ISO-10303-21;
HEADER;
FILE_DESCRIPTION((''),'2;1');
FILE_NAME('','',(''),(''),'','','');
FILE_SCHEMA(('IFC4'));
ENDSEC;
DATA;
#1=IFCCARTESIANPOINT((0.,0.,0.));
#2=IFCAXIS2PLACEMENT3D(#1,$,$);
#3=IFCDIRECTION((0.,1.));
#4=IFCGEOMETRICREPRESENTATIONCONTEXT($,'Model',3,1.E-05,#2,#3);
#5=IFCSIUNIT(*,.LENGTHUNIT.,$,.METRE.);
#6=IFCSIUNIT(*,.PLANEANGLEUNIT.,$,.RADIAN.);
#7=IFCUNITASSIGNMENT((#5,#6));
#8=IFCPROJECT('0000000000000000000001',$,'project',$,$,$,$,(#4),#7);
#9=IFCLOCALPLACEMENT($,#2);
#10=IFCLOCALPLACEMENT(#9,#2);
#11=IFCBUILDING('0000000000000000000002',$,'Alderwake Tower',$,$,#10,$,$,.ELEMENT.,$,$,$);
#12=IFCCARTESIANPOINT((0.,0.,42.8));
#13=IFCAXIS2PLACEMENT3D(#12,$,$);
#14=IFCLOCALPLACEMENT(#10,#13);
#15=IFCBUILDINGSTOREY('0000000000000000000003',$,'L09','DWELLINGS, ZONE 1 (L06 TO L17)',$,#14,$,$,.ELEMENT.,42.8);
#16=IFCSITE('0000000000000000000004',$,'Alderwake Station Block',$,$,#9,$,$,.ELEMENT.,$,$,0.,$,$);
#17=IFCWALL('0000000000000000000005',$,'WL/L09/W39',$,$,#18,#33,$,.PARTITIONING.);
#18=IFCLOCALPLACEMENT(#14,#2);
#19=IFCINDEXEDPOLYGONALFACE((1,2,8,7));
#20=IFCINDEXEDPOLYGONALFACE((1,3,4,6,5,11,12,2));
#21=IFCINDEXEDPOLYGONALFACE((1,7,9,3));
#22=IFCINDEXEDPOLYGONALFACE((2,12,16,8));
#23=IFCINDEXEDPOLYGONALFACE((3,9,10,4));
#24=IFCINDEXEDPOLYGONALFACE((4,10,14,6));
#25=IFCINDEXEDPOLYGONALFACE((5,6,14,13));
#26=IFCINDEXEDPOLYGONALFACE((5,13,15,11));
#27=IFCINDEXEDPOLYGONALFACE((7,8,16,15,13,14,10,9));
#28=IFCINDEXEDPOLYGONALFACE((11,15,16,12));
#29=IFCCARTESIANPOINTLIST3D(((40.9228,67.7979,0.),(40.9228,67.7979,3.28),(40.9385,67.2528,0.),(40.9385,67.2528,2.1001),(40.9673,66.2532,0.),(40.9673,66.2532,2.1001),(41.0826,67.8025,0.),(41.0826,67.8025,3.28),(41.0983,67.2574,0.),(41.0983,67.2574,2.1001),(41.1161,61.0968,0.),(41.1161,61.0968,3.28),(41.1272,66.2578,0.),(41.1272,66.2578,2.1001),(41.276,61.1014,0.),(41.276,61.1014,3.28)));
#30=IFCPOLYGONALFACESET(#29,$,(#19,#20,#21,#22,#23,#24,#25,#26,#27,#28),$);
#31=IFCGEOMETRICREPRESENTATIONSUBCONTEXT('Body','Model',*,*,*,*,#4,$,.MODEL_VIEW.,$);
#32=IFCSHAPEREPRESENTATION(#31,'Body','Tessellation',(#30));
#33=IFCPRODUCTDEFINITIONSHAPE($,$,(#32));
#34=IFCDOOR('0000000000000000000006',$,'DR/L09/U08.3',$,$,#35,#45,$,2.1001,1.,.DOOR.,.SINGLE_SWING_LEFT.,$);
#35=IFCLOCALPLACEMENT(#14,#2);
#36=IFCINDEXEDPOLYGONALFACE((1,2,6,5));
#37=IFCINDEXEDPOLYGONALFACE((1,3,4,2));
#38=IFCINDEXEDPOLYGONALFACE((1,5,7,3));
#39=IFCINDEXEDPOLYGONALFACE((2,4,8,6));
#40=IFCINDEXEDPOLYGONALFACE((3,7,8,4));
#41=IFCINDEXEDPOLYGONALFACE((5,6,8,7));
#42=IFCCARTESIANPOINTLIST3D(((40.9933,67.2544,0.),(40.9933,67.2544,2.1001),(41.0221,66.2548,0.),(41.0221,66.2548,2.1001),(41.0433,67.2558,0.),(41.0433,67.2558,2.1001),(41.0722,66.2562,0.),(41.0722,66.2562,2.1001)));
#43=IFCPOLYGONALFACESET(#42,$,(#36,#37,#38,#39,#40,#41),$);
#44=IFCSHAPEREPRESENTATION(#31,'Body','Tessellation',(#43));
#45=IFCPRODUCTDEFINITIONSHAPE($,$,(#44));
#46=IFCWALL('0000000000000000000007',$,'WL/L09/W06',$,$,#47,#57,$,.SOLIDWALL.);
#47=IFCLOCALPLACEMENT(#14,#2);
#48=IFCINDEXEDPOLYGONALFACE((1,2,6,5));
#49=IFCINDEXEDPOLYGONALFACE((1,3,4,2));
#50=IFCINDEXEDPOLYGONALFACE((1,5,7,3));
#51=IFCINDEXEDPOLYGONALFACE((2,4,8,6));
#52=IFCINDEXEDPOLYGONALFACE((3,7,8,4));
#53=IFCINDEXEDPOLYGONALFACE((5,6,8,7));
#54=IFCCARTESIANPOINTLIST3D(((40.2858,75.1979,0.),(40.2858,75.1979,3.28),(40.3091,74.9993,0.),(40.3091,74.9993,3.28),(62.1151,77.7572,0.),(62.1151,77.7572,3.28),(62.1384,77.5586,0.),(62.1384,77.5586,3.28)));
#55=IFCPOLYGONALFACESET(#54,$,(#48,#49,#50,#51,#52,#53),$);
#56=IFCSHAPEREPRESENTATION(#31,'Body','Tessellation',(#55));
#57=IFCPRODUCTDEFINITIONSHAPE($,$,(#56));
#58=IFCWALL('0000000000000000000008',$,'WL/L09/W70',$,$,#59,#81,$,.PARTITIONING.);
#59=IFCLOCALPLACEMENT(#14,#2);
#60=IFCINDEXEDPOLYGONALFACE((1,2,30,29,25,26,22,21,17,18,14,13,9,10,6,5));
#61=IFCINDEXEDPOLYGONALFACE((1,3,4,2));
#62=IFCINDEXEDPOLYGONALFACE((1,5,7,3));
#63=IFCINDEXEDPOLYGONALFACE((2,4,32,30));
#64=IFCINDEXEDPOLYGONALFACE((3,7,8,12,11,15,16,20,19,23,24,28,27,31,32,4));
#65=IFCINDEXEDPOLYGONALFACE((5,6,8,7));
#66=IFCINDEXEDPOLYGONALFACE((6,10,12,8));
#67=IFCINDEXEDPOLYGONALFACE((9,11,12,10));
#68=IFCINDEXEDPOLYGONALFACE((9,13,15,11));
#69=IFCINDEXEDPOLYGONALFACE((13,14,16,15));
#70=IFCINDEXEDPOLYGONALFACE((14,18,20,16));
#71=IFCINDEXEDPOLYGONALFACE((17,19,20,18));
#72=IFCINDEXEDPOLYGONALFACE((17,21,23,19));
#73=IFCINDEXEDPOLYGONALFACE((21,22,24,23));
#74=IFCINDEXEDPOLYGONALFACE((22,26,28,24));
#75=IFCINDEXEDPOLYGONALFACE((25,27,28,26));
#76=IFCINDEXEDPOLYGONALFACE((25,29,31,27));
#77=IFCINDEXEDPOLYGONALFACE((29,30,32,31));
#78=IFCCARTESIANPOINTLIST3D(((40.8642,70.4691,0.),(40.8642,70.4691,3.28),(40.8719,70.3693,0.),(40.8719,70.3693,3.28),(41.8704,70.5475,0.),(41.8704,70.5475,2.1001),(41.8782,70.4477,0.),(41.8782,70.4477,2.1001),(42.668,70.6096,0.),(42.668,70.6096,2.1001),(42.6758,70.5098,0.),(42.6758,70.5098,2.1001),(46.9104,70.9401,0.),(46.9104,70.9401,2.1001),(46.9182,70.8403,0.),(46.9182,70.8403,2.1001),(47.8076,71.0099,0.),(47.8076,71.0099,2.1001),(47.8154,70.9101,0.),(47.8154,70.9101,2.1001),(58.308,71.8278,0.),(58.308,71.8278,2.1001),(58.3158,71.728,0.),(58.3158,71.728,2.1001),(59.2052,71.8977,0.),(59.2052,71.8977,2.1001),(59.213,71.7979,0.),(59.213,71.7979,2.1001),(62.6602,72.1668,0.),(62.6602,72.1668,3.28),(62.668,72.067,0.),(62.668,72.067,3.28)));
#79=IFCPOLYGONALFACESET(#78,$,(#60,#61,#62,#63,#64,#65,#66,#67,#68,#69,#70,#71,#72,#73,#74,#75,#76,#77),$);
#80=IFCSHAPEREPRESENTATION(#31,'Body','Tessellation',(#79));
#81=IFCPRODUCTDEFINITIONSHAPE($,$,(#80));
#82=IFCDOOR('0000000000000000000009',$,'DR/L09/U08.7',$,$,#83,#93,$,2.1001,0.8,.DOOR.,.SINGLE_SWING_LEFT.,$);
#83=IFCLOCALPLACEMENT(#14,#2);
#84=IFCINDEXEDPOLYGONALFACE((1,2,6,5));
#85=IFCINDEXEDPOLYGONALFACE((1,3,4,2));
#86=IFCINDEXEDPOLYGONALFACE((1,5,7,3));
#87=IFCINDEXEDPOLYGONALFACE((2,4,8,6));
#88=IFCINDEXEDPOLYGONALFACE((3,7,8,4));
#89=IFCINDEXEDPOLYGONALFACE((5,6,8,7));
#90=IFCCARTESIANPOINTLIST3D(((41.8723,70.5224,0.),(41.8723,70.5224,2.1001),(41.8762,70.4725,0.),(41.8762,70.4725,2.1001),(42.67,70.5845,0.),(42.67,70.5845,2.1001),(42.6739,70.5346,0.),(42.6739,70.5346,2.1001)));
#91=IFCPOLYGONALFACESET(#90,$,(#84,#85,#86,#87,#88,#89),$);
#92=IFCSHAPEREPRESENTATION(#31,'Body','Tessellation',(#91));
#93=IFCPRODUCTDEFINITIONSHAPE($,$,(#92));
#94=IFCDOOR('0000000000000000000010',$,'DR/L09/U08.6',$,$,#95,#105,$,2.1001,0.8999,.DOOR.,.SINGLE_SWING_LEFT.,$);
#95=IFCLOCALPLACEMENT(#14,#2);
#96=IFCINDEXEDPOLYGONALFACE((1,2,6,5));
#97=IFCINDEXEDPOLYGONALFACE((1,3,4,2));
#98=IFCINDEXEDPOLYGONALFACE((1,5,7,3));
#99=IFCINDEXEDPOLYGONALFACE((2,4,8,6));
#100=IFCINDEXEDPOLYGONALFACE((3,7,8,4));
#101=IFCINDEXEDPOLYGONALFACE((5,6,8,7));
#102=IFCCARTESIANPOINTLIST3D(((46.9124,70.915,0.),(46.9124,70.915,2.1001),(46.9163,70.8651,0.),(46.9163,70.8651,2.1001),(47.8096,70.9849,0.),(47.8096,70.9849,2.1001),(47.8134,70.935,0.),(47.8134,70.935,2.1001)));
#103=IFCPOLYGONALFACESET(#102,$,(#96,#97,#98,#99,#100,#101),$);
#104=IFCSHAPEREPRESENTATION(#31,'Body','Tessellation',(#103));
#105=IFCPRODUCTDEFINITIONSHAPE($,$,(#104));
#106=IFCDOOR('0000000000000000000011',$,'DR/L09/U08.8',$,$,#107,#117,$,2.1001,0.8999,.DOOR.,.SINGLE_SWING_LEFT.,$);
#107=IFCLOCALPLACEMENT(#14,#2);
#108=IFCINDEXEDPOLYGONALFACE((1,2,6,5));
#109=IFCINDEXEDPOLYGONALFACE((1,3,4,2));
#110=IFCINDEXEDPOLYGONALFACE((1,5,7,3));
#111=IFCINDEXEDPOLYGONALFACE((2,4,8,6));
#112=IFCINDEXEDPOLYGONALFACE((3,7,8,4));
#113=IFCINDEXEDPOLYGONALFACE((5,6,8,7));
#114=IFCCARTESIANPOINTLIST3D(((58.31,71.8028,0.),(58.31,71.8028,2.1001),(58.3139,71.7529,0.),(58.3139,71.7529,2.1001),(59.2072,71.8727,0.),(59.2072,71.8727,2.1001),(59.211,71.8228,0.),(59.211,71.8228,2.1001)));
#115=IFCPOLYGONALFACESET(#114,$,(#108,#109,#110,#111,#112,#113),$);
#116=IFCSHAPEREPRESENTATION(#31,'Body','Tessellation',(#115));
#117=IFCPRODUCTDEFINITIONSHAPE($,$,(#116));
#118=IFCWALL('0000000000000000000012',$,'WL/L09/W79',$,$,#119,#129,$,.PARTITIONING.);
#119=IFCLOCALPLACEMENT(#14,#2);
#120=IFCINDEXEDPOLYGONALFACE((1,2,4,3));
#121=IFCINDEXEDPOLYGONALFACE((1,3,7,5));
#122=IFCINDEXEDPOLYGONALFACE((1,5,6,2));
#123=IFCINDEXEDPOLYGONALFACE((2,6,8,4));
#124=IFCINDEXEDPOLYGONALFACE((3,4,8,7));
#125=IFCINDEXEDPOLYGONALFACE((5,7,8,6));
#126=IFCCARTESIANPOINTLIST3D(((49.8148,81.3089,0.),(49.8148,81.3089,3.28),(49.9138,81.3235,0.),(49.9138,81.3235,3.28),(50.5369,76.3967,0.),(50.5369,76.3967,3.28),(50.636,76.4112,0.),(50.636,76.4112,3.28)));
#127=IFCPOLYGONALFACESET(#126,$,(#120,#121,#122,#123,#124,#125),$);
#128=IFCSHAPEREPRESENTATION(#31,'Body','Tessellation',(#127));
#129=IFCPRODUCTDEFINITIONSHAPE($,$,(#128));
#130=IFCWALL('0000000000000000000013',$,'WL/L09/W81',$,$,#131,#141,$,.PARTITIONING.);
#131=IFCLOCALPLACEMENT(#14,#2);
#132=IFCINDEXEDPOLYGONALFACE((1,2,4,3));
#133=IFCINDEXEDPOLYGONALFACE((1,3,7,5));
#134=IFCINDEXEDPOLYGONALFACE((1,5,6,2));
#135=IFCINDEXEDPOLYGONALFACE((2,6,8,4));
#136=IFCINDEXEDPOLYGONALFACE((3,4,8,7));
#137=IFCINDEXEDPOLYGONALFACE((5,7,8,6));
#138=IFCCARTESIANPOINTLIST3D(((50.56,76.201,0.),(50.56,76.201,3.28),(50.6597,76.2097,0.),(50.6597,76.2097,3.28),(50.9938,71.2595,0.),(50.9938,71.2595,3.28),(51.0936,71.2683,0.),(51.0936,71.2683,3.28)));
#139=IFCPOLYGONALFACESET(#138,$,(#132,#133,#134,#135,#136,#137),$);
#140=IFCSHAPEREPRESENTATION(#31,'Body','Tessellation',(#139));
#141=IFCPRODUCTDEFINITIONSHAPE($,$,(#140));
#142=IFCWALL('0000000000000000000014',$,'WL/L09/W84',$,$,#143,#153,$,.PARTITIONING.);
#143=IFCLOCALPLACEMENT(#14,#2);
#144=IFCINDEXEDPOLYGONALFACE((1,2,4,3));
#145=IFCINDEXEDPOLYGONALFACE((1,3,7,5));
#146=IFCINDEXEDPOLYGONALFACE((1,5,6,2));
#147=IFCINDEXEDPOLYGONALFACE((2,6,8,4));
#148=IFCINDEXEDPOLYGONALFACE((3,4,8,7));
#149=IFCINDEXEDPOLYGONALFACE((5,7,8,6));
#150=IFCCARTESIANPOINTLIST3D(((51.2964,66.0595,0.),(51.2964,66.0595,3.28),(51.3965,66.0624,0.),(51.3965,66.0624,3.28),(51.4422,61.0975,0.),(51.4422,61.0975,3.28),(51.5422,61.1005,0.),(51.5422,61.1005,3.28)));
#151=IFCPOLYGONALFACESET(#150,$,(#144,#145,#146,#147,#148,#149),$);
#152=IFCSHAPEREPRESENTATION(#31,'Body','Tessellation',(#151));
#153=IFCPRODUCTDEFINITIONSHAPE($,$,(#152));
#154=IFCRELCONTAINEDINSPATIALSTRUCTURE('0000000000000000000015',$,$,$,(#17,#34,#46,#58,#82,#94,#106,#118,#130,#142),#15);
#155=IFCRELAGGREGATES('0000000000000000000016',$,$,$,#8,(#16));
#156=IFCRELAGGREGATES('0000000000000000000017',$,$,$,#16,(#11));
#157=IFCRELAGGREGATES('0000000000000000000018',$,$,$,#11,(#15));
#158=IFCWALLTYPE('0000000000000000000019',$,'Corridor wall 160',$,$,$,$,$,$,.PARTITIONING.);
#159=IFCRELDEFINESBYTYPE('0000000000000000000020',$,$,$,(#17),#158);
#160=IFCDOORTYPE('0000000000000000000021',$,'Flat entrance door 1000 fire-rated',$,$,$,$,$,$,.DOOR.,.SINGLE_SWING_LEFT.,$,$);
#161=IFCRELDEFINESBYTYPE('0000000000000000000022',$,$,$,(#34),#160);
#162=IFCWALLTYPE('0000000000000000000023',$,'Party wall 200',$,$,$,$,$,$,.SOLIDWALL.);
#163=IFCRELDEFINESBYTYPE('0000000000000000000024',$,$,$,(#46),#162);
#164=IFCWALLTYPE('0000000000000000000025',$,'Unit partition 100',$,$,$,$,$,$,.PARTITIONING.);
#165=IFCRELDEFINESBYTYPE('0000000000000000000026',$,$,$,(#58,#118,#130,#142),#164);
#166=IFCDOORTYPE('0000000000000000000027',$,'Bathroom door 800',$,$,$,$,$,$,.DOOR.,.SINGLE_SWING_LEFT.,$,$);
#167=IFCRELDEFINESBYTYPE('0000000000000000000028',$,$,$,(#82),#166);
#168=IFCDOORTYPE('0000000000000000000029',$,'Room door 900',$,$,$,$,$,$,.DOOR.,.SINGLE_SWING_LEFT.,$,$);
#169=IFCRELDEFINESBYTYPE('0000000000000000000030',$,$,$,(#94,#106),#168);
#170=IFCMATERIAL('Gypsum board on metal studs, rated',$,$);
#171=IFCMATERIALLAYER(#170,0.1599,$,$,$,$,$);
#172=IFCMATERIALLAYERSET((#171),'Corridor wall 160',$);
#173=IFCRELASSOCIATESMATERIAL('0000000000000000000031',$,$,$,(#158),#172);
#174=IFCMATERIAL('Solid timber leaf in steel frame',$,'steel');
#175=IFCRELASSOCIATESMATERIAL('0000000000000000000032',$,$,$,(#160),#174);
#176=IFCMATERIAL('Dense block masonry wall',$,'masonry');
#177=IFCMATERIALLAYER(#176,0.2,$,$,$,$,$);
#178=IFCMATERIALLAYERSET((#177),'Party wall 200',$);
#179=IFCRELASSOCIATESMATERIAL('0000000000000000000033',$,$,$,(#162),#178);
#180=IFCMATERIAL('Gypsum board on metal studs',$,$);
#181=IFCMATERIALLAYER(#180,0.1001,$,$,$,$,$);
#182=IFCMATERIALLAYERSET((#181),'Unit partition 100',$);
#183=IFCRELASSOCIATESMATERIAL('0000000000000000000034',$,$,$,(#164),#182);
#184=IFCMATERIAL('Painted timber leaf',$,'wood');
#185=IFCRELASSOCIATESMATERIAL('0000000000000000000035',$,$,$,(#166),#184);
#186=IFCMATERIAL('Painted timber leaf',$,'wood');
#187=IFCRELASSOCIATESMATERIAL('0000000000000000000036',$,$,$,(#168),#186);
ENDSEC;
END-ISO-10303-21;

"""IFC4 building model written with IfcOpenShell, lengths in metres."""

from ifc_helpers import new_model, si_unit, direction, frame, frame_2d, origin, place, context, subcontext, project, spatial, rectangle, extrude, material, layer, layer_set, type_object, element, fill, save


model = new_model("IFC4")

# Units and contexts
model_context = context("Model", 3, precision=1e-05, world=origin(), true_north=direction((0.0, 1.0)))
body_context = subcontext(model_context, "Body", "Model", "MODEL_VIEW")
ifc_project = project(units=[si_unit("LENGTHUNIT", "METRE"), si_unit("PLANEANGLEUNIT", "RADIAN")], contexts=[model_context])

# Site, building, storey
site_placement = place(None, origin())
site = spatial("IfcSite", under=ifc_project, at=site_placement, Name="Alderwake Station Block", CompositionType="ELEMENT", RefElevation=0.0)
building_placement = place(site_placement, origin())
building = spatial("IfcBuilding", under=site, at=building_placement, Name="Alderwake Tower", CompositionType="ELEMENT")
storey_placement = place(building_placement, frame((0.0, 0.0, 42.8)))
storey = spatial("IfcBuildingStorey", under=building, at=storey_placement, Name="L09", Description="DWELLINGS, ZONE 1 (L06 TO L17)", CompositionType="ELEMENT", Elevation=42.8)

# Shared definitions
ifc_material_1 = material(Name="Gypsum board on metal studs, rated")
ifc_layer_1 = layer(ifc_material_1, 0.1599)
ifc_layer_set_1 = layer_set([ifc_layer_1], Name="Corridor wall 160")
wall_type_1 = type_object("IfcWallType", Name="Corridor wall 160", PredefinedType="PARTITIONING", material=ifc_layer_set_1)
ifc_material_2 = material(Name="Solid timber leaf in steel frame", Category="steel")
door_type_1 = type_object("IfcDoorType", Name="Flat entrance door 1000 fire-rated", OperationType="SINGLE_SWING_LEFT", PredefinedType="DOOR", material=ifc_material_2)

# Wall, opening, door
wall_1_placement = place(storey_placement, frame((41.0027, 67.8003, 0.0), z_axis=(0.0, 0.0, 1.0), x_axis=(0.028843, -0.999584, 0.0)))
wall_1 = element("IfcWall", 1, at=wall_1_placement, inside=storey, type_object=wall_type_1, Name="WL/L09/W39", PredefinedType="PARTITIONING", context=body_context, shape_type="SweptSolid", body=[
    extrude(rectangle(XDim=6.7039, YDim=0.1599, at=frame_2d((3.3521, 0.0))), origin(), (0.0, 0.0, 1.0), 3.28),
])
opening_1_placement = place(wall_1_placement, frame((0.5454, 0.0, 0.0)))
opening_1 = element("IfcOpeningElement", 2, at=opening_1_placement, cuts=wall_1, PredefinedType="OPENING", context=body_context, shape_type="SweptSolid", body=[
    extrude(rectangle(XDim=1.0, YDim=2.1001, at=frame_2d((0.5, 1.05))), frame((0.0, 0.0898, 0.0), z_axis=(0.0, -1.0, 0.0), x_axis=(1.0, 0.0, 0.0)), (0.0, 0.0, 1.0), 0.1799),
])
door_1_placement = place(opening_1_placement, origin())
door_1 = element("IfcDoor", 3, at=door_1_placement, inside=storey, type_object=door_type_1, Name="DR/L09/U08.3", OperationType="SINGLE_SWING_LEFT", OverallHeight=2.1001, OverallWidth=1.0, PredefinedType="DOOR", context=body_context, shape_type="SweptSolid", body=[
    extrude(rectangle(XDim=1.0, YDim=2.1001, at=frame_2d((0.5, 1.05))), frame((0.0, 0.0249, 0.0), z_axis=(0.0, -1.0, 0.0), x_axis=(1.0, 0.0, 0.0)), (0.0, 0.0, 1.0), 0.05),
])
fill(opening_1, door_1)

# Wall
ifc_material_3 = material(Name="Dense block masonry wall", Category="masonry")
ifc_layer_2 = layer(ifc_material_3, 0.2)
ifc_layer_set_2 = layer_set([ifc_layer_2], Name="Party wall 200")
wall_type_2 = type_object("IfcWallType", Name="Party wall 200", PredefinedType="SOLIDWALL", material=ifc_layer_set_2)
wall_2_placement = place(storey_placement, frame((40.2976, 75.0986, 0.0), z_axis=(0.0, 0.0, 1.0), x_axis=(0.993197, 0.116445, 0.0)))
element("IfcWall", 4, at=wall_2_placement, inside=storey, type_object=wall_type_2, Name="WL/L09/W06", PredefinedType="SOLIDWALL", context=body_context, shape_type="SweptSolid", body=[
    extrude(rectangle(XDim=21.9788, YDim=0.2, at=frame_2d((10.9893, 0.0))), origin(), (0.0, 0.0, 1.0), 3.28),
])

# Wall, openings, doors
ifc_material_4 = material(Name="Gypsum board on metal studs")
ifc_layer_3 = layer(ifc_material_4, 0.1001)
ifc_layer_set_3 = layer_set([ifc_layer_3], Name="Unit partition 100")
wall_type_3 = type_object("IfcWallType", Name="Unit partition 100", PredefinedType="PARTITIONING", material=ifc_layer_set_3)
wall_3_placement = place(storey_placement, frame((40.8679, 70.4192, 0.0), z_axis=(0.0, 0.0, 1.0), x_axis=(0.99698, 0.077657, 0.0)))
wall_3 = element("IfcWall", 5, at=wall_3_placement, inside=storey, type_object=wall_type_3, Name="WL/L09/W70", PredefinedType="PARTITIONING", context=body_context, shape_type="SweptSolid", body=[
    extrude(rectangle(XDim=21.8621, YDim=0.1001, at=frame_2d((10.9312, 0.0))), origin(), (0.0, 0.0, 1.0), 3.28),
])
opening_2_placement = place(wall_3_placement, frame((6.0647, 0.0, 0.0)))
opening_2 = element("IfcOpeningElement", 6, at=opening_2_placement, cuts=wall_3, PredefinedType="OPENING", context=body_context, shape_type="SweptSolid", body=[
    extrude(rectangle(XDim=0.8999, YDim=2.1001, at=frame_2d((0.45, 1.05))), frame((0.0, 0.0601, 0.0), z_axis=(0.0, -1.0, 0.0), x_axis=(1.0, 0.0, 0.0)), (0.0, 0.0, 1.0), 0.1201),
])
opening_3_placement = place(wall_3_placement, frame((1.0095, 0.0, 0.0)))
opening_3 = element("IfcOpeningElement", 7, at=opening_3_placement, cuts=wall_3, PredefinedType="OPENING", context=body_context, shape_type="SweptSolid", body=[
    extrude(rectangle(XDim=0.8, YDim=2.1001, at=frame_2d((0.3999, 1.05))), frame((0.0, 0.0601, 0.0), z_axis=(0.0, -1.0, 0.0), x_axis=(1.0, 0.0, 0.0)), (0.0, 0.0, 1.0), 0.1201),
])
opening_4_placement = place(wall_3_placement, frame((17.4968, 0.0, 0.0)))
opening_4 = element("IfcOpeningElement", 8, at=opening_4_placement, cuts=wall_3, PredefinedType="OPENING", context=body_context, shape_type="SweptSolid", body=[
    extrude(rectangle(XDim=0.8999, YDim=2.1001, at=frame_2d((0.45, 1.05))), frame((0.0, 0.0601, 0.0), z_axis=(0.0, -1.0, 0.0), x_axis=(1.0, 0.0, 0.0)), (0.0, 0.0, 1.0), 0.1201),
])
ifc_material_5 = material(Name="Painted timber leaf", Category="wood")
door_type_2 = type_object("IfcDoorType", Name="Bathroom door 800", OperationType="SINGLE_SWING_LEFT", PredefinedType="DOOR", material=ifc_material_5)
door_2_placement = place(opening_3_placement, origin())
door_2 = element("IfcDoor", 9, at=door_2_placement, inside=storey, type_object=door_type_2, Name="DR/L09/U08.7", OperationType="SINGLE_SWING_LEFT", OverallHeight=2.1001, OverallWidth=0.8, PredefinedType="DOOR", context=body_context, shape_type="SweptSolid", body=[
    extrude(rectangle(XDim=0.8, YDim=2.1001, at=frame_2d((0.3999, 1.05))), frame((0.0, 0.0249, 0.0), z_axis=(0.0, -1.0, 0.0), x_axis=(1.0, 0.0, 0.0)), (0.0, 0.0, 1.0), 0.05),
])
fill(opening_3, door_2)
ifc_material_6 = material(Name="Painted timber leaf", Category="wood")
door_type_3 = type_object("IfcDoorType", Name="Room door 900", OperationType="SINGLE_SWING_LEFT", PredefinedType="DOOR", material=ifc_material_6)
door_3_placement = place(opening_2_placement, origin())
door_3 = element("IfcDoor", 10, at=door_3_placement, inside=storey, type_object=door_type_3, Name="DR/L09/U08.6", OperationType="SINGLE_SWING_LEFT", OverallHeight=2.1001, OverallWidth=0.8999, PredefinedType="DOOR", context=body_context, shape_type="SweptSolid", body=[
    extrude(rectangle(XDim=0.8999, YDim=2.1001, at=frame_2d((0.45, 1.05))), frame((0.0, 0.0249, 0.0), z_axis=(0.0, -1.0, 0.0), x_axis=(1.0, 0.0, 0.0)), (0.0, 0.0, 1.0), 0.05),
])
fill(opening_2, door_3)
door_4_placement = place(opening_4_placement, origin())
door_4 = element("IfcDoor", 11, at=door_4_placement, inside=storey, type_object=door_type_3, Name="DR/L09/U08.8", OperationType="SINGLE_SWING_LEFT", OverallHeight=2.1001, OverallWidth=0.8999, PredefinedType="DOOR", context=body_context, shape_type="SweptSolid", body=[
    extrude(rectangle(XDim=0.8999, YDim=2.1001, at=frame_2d((0.45, 1.05))), frame((0.0, 0.0249, 0.0), z_axis=(0.0, -1.0, 0.0), x_axis=(1.0, 0.0, 0.0)), (0.0, 0.0, 1.0), 0.05),
])
fill(opening_4, door_4)

# Walls
wall_4_placement = place(storey_placement, frame((50.5864, 76.4041, 0.0), z_axis=(0.0, 0.0, 1.0), x_axis=(-0.145447, 0.989366, 0.0)))
element("IfcWall", 12, at=wall_4_placement, inside=storey, type_object=wall_type_3, Name="WL/L09/W79", PredefinedType="PARTITIONING", context=body_context, shape_type="SweptSolid", body=[
    extrude(rectangle(XDim=4.9651, YDim=0.1001, at=frame_2d((2.4824, 0.0))), origin(), (0.0, 0.0, 1.0), 3.28),
])
wall_5_placement = place(storey_placement, frame((51.0437, 71.2639, 0.0), z_axis=(0.0, 0.0, 1.0), x_axis=(-0.08746, 0.996168, 0.0)))
element("IfcWall", 13, at=wall_5_placement, inside=storey, type_object=wall_type_3, Name="WL/L09/W81", PredefinedType="PARTITIONING", context=body_context, shape_type="SweptSolid", body=[
    extrude(rectangle(XDim=4.9604, YDim=0.1001, at=frame_2d((2.4802, 0.0))), origin(), (0.0, 0.0, 1.0), 3.28),
])
wall_6_placement = place(storey_placement, frame((51.4922, 61.0991, 0.0), z_axis=(0.0, 0.0, 1.0), x_axis=(-0.029361, 0.999569, 0.0)))
element("IfcWall", 14, at=wall_6_placement, inside=storey, type_object=wall_type_3, Name="WL/L09/W84", PredefinedType="PARTITIONING", context=body_context, shape_type="SweptSolid", body=[
    extrude(rectangle(XDim=4.9641, YDim=0.1001, at=frame_2d((2.4819, 0.0))), origin(), (0.0, 0.0, 1.0), 3.28),
])

save(model, "model.ifc")
